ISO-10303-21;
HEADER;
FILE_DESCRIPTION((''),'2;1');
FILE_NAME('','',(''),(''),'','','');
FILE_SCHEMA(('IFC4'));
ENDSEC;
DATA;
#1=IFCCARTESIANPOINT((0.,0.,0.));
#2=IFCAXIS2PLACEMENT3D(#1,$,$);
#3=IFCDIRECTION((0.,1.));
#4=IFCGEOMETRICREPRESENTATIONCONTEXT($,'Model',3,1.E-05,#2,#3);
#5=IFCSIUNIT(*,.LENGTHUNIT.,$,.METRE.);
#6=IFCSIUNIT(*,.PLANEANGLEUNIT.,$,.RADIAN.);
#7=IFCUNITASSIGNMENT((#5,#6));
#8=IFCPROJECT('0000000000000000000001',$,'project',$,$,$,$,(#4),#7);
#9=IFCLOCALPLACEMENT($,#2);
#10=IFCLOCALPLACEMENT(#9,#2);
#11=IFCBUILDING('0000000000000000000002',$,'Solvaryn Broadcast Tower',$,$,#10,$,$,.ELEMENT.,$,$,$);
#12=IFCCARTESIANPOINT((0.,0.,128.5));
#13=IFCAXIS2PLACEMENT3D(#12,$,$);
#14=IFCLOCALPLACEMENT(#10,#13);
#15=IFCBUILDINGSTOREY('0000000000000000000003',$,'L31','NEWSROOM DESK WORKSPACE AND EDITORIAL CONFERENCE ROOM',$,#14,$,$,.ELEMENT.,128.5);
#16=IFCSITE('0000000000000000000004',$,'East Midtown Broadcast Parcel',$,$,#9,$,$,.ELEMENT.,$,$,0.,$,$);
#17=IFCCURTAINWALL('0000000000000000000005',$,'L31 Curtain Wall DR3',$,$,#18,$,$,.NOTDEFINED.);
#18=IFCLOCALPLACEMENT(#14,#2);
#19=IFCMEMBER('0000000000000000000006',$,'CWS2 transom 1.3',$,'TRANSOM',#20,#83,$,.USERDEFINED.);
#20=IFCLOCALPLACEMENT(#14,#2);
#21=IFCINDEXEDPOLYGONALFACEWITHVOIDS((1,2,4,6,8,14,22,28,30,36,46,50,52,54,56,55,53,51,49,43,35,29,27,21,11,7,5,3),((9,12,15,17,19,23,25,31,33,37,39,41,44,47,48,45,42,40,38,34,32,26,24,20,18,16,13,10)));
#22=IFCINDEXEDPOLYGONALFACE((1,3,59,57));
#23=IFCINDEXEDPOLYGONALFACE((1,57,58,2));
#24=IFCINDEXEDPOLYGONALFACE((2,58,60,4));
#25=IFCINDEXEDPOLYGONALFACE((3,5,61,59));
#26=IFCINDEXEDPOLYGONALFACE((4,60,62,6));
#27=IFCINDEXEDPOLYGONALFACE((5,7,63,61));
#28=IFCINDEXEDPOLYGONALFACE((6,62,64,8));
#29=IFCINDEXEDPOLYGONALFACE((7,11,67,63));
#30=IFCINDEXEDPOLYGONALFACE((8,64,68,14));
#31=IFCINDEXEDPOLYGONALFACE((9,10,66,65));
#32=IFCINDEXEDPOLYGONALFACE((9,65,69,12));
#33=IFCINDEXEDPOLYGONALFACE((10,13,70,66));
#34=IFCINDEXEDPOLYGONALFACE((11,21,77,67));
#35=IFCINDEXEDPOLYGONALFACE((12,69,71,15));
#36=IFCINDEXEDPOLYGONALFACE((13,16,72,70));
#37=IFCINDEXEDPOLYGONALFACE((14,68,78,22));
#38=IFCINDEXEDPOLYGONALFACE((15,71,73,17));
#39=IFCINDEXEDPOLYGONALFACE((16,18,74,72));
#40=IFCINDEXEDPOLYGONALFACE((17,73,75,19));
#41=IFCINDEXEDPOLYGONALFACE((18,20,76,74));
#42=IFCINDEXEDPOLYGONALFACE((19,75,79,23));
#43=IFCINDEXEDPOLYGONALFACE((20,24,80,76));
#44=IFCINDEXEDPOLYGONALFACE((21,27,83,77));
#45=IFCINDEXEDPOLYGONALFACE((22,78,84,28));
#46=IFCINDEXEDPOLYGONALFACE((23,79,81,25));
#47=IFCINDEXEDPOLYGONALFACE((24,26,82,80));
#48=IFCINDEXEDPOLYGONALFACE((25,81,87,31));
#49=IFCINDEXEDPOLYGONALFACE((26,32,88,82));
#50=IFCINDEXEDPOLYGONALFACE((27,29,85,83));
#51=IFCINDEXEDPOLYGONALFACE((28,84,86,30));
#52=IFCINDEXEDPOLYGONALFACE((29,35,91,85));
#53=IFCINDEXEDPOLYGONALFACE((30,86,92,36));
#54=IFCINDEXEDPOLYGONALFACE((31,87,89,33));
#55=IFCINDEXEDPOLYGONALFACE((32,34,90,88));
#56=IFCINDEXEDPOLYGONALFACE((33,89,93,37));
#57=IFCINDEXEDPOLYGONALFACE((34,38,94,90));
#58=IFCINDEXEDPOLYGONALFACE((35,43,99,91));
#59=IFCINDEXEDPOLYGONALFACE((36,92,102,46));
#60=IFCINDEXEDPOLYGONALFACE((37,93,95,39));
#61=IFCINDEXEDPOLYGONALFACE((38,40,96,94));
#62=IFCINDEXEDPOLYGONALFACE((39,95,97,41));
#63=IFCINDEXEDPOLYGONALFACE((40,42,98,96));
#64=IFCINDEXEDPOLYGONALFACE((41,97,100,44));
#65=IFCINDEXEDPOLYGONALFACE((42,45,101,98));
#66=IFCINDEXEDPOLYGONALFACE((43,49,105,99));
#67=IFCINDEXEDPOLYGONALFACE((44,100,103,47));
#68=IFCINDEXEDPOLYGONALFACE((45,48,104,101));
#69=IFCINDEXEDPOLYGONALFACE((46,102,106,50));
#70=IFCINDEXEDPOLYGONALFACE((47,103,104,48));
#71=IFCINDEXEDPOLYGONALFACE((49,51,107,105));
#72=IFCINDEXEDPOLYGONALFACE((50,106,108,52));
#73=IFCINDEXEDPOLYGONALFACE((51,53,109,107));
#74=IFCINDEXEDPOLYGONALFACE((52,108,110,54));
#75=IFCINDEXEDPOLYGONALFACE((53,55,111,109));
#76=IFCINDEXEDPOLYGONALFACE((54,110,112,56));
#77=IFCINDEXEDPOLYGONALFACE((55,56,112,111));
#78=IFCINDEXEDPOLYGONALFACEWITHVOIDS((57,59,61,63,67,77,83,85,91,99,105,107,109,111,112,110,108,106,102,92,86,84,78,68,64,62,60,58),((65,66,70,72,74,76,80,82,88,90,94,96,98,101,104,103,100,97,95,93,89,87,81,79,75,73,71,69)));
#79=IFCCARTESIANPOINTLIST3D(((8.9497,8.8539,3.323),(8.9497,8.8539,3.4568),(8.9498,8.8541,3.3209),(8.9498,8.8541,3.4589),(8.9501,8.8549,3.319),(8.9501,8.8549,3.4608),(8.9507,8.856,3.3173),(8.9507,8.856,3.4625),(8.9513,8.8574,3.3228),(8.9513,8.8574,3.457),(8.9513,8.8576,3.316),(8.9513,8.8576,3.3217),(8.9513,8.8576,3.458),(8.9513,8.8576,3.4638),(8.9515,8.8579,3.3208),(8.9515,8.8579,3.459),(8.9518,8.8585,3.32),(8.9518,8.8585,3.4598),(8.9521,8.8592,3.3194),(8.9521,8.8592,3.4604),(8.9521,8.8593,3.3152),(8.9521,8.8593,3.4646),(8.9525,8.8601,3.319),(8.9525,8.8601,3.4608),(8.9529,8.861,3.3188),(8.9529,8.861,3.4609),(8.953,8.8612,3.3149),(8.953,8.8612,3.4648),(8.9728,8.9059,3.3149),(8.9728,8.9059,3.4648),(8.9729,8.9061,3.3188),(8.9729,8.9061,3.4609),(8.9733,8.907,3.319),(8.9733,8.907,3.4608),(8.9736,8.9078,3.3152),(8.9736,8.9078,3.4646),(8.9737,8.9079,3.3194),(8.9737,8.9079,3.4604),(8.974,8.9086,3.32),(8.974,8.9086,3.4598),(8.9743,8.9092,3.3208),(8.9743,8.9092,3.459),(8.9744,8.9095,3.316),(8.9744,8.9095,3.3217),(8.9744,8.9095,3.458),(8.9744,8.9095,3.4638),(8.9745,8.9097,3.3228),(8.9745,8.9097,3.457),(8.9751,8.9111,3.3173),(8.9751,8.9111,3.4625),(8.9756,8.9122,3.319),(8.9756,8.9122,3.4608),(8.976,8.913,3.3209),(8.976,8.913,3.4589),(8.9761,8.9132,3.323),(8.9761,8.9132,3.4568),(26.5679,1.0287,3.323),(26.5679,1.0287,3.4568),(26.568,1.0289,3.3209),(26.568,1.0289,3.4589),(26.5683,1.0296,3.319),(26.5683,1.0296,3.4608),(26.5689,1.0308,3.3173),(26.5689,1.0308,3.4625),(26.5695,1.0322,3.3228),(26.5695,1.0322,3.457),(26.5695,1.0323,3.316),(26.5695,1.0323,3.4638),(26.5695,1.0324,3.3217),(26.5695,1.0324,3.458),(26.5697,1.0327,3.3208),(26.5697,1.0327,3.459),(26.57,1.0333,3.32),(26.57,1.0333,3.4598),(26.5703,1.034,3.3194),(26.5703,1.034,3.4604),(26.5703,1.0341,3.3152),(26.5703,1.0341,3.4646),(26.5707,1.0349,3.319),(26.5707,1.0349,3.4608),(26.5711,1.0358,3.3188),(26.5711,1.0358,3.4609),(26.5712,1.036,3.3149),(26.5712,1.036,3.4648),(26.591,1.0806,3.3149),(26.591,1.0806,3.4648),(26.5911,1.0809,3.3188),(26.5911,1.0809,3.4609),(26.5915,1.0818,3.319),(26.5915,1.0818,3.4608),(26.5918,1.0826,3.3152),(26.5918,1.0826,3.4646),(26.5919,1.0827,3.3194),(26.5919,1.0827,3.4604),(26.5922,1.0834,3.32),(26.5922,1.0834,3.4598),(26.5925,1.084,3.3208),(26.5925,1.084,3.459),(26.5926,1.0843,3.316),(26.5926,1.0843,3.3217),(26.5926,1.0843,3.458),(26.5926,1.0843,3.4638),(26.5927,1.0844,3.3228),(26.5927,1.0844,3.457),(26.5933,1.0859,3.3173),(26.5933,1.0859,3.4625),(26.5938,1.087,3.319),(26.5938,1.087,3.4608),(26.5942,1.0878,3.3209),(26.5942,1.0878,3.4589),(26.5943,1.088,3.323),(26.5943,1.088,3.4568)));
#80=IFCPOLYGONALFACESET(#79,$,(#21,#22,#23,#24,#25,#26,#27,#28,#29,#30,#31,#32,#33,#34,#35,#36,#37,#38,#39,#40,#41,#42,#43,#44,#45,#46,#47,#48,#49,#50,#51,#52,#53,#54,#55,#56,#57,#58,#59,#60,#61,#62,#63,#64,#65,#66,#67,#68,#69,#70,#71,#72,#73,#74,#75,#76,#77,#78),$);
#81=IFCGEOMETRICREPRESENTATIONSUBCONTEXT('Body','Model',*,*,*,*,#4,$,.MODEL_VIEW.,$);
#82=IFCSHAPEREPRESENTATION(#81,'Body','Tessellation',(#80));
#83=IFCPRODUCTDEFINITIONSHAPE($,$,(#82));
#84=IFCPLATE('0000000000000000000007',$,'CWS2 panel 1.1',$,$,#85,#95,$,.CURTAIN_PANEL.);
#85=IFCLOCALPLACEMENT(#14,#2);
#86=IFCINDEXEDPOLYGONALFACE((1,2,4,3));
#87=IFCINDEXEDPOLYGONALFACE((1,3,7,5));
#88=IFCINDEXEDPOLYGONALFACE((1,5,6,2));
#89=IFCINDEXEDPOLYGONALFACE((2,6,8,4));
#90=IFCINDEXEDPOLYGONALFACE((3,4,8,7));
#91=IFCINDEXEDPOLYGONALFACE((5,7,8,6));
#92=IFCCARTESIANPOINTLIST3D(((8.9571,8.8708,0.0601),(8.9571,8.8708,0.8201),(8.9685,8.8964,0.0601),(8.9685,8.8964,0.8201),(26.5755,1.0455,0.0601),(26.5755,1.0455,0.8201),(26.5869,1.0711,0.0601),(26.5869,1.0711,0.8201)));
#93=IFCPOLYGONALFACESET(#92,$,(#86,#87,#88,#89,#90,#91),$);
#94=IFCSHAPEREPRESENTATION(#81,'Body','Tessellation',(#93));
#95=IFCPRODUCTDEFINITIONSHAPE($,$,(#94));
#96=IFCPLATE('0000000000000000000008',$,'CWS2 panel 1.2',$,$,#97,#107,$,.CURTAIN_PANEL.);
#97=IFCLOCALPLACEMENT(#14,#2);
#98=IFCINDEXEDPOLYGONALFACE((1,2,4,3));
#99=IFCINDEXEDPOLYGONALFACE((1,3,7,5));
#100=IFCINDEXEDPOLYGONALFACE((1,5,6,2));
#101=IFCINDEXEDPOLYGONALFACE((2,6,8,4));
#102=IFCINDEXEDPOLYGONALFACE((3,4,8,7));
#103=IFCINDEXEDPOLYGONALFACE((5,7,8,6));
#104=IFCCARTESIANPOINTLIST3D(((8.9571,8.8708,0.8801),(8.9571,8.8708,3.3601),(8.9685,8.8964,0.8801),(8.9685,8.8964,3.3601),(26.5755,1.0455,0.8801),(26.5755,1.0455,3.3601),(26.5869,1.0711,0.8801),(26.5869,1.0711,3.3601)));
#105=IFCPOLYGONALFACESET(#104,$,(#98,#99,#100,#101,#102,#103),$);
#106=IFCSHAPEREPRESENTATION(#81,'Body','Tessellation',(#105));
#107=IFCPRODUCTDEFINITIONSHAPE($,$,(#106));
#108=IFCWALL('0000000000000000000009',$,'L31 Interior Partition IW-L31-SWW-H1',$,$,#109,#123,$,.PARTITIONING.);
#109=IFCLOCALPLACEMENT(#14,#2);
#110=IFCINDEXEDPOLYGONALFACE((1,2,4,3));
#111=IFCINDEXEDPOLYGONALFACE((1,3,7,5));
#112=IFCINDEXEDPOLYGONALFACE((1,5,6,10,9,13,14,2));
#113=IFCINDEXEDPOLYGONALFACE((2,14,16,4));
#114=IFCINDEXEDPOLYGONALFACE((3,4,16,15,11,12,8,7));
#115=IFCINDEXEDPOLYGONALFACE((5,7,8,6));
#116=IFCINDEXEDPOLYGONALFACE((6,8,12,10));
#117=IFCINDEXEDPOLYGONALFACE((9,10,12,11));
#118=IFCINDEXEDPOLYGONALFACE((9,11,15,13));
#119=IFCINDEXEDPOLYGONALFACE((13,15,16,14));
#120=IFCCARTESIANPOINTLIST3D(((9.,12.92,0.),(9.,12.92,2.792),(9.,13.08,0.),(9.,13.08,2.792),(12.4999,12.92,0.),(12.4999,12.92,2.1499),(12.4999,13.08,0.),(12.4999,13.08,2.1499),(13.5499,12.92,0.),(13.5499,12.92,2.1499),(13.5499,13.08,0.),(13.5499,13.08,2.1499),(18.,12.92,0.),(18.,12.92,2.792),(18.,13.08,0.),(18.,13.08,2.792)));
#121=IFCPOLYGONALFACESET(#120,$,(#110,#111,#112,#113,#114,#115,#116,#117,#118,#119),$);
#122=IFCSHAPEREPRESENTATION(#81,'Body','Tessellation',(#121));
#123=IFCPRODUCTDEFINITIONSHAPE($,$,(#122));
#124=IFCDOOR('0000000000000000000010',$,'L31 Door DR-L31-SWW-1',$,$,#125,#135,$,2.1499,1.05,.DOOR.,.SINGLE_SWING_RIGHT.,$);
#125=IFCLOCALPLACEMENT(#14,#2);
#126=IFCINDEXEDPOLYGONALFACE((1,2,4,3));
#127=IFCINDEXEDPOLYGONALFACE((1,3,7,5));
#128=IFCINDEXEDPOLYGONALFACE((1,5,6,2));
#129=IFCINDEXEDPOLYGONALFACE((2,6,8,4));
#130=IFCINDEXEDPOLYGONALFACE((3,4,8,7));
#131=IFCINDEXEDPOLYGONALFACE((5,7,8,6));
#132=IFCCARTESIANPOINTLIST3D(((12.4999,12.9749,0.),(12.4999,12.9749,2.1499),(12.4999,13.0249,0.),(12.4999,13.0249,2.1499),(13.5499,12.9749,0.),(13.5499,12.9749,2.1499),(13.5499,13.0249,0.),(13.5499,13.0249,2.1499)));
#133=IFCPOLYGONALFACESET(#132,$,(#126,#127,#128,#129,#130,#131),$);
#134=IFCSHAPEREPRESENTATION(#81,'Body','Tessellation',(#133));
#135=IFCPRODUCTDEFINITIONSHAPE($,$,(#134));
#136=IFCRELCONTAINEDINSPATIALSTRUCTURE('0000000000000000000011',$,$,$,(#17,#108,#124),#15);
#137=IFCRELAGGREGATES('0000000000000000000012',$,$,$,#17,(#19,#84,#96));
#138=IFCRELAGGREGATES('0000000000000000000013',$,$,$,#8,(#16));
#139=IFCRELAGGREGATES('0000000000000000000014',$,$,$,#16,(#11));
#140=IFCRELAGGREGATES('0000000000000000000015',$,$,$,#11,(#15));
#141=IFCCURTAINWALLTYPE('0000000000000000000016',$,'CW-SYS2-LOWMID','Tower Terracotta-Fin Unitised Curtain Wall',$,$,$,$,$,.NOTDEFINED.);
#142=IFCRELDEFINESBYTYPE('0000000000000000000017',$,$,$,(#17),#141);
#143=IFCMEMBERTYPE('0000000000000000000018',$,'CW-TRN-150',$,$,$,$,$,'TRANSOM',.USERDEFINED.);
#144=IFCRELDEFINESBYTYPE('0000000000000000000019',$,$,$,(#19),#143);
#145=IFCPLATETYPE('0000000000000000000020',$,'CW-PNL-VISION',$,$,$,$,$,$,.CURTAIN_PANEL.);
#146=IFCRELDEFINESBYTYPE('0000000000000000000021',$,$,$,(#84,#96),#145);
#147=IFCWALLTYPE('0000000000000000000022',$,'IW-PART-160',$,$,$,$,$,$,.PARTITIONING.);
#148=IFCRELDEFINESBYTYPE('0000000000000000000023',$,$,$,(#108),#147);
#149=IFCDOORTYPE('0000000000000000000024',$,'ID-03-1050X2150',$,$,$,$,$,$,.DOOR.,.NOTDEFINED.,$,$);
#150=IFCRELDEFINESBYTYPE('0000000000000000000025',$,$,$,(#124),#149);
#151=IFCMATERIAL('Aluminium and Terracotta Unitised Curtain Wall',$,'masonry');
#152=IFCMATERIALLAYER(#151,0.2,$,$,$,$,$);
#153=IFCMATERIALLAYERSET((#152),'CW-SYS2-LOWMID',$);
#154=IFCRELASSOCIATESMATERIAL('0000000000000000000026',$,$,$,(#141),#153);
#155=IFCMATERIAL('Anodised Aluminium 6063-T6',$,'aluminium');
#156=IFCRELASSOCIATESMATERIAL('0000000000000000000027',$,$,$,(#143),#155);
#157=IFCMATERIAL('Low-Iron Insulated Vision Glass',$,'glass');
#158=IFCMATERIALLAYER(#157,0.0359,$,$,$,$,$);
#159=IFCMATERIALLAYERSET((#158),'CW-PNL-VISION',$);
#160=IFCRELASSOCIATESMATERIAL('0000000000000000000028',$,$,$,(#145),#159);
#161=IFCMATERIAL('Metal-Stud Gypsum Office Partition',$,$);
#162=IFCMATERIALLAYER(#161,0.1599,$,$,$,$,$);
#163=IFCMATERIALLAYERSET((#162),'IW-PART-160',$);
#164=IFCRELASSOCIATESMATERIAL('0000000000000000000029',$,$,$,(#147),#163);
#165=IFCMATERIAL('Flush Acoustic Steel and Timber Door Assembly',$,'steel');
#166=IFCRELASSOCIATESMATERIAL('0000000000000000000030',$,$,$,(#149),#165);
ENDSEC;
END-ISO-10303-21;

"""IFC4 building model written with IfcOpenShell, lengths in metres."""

from ifc_helpers import new_model, si_unit, direction, frame, frame_2d, origin, origin_2d, place, context, subcontext, project, spatial, rectangle, hollow_rectangle, extrude, material, layer, layer_set, material_profile, profile_set, type_object, element, fill, aggregate, save


model = new_model("IFC4")

# Units and contexts
model_context = context("Model", 3, precision=1e-05, world=origin(), true_north=direction((0.0, 1.0)))
body_context = subcontext(model_context, "Body", "Model", "MODEL_VIEW")
ifc_project = project(units=[si_unit("LENGTHUNIT", "METRE"), si_unit("PLANEANGLEUNIT", "RADIAN")], contexts=[model_context])

# Site, building, storey
site_placement = place(None, origin())
site = spatial("IfcSite", under=ifc_project, at=site_placement, Name="East Midtown Broadcast Parcel", CompositionType="ELEMENT", RefElevation=0.0)
building_placement = place(site_placement, origin())
building = spatial("IfcBuilding", under=site, at=building_placement, Name="Solvaryn Broadcast Tower", CompositionType="ELEMENT")
storey_placement = place(building_placement, frame((0.0, 0.0, 128.5)))
storey = spatial("IfcBuildingStorey", under=building, at=storey_placement, Name="L31", Description="NEWSROOM DESK WORKSPACE AND EDITORIAL CONFERENCE ROOM", CompositionType="ELEMENT", Elevation=128.5)

# Curtain wall, member, plates
ifc_material_1 = material(Name="Aluminium and Terracotta Unitised Curtain Wall", Category="masonry")
ifc_layer_1 = layer(ifc_material_1, 0.2)
ifc_layer_set_1 = layer_set([ifc_layer_1], Name="CW-SYS2-LOWMID")
curtain_wall_type_1 = type_object("IfcCurtainWallType", Name="CW-SYS2-LOWMID", Description="Tower Terracotta-Fin Unitised Curtain Wall", PredefinedType="NOTDEFINED", material=ifc_layer_set_1)
curtain_wall_1_placement = place(storey_placement, origin())
curtain_wall_1 = element("IfcCurtainWall", 1, at=curtain_wall_1_placement, inside=storey, type_object=curtain_wall_type_1, Name="L31 Curtain Wall DR3", PredefinedType="NOTDEFINED")
ifc_material_2 = material(Name="Anodised Aluminium 6063-T6", Category="aluminium")
ifc_material_profile_1 = material_profile(ifc_material_2, hollow_rectangle(XDim=0.0649, YDim=0.1499, WallThickness=0.0039, InnerFilletRadius=0.0039, OuterFilletRadius=0.0081, at=origin_2d()))
ifc_profile_set_1 = profile_set([ifc_material_profile_1], Name="Anodised Aluminium 6063-T6")
member_type_1 = type_object("IfcMemberType", Name="CW-TRN-150", ElementType="TRANSOM", PredefinedType="USERDEFINED", material=ifc_profile_set_1)
member_1_placement = place(storey_placement, frame((8.9629, 8.8835, 3.3899), z_axis=(0.91391, -0.405918, 0.0), x_axis=(0.405918, 0.91391, 0.0)))
member_1 = element("IfcMember", 2, at=member_1_placement, type_object=member_type_1, Name="CWS2 transom 1.3", ObjectType="TRANSOM", PredefinedType="USERDEFINED", context=body_context, shape_type="SweptSolid", body=[
    extrude(hollow_rectangle(XDim=0.0649, YDim=0.1499, WallThickness=0.0039, InnerFilletRadius=0.0039, OuterFilletRadius=0.0081, at=origin_2d()), origin(), (0.0, 0.0, 1.0), 19.2778),
])
ifc_material_3 = material(Name="Low-Iron Insulated Vision Glass", Category="glass")
ifc_layer_2 = layer(ifc_material_3, 0.0359)
ifc_layer_set_2 = layer_set([ifc_layer_2], Name="CW-PNL-VISION")
plate_type = type_object("IfcPlateType", Name="CW-PNL-VISION", PredefinedType="CURTAIN_PANEL", material=ifc_layer_set_2)
plate_1_placement = place(storey_placement, frame((17.772, 4.9709, 0.0601), z_axis=(0.0, 0.0, 1.0), x_axis=(0.913909, -0.405918, 0.0)))
plate_1 = element("IfcPlate", 3, at=plate_1_placement, type_object=plate_type, Name="CWS2 panel 1.1", PredefinedType="CURTAIN_PANEL", context=body_context, shape_type="SweptSolid", body=[
    extrude(rectangle(XDim=19.2781, YDim=0.0281, at=origin_2d()), origin(), (0.0, 0.0, 1.0), 0.76),
])
plate_2_placement = place(storey_placement, frame((17.772, 4.9709, 0.8801), z_axis=(0.0, 0.0, 1.0), x_axis=(0.913909, -0.405918, 0.0)))
plate_2 = element("IfcPlate", 4, at=plate_2_placement, type_object=plate_type, Name="CWS2 panel 1.2", PredefinedType="CURTAIN_PANEL", context=body_context, shape_type="SweptSolid", body=[
    extrude(rectangle(XDim=19.2781, YDim=0.0281, at=origin_2d()), origin(), (0.0, 0.0, 1.0), 2.48),
])
aggregate(curtain_wall_1, [member_1, plate_1, plate_2])

# Wall, opening, door
ifc_material_4 = material(Name="Metal-Stud Gypsum Office Partition")
ifc_layer_3 = layer(ifc_material_4, 0.1599)
ifc_layer_set_3 = layer_set([ifc_layer_3], Name="IW-PART-160")
wall_type_1 = type_object("IfcWallType", Name="IW-PART-160", PredefinedType="PARTITIONING", material=ifc_layer_set_3)
wall_1_placement = place(storey_placement, frame((9.0, 13.0, 0.0), z_axis=(0.0, 0.0, 1.0), x_axis=(1.0, 0.0, 0.0)))
wall_1 = element("IfcWall", 5, at=wall_1_placement, inside=storey, type_object=wall_type_1, Name="L31 Interior Partition IW-L31-SWW-H1", PredefinedType="PARTITIONING", context=body_context, shape_type="SweptSolid", body=[
    extrude(rectangle(XDim=9.0, YDim=0.1599, at=frame_2d((4.5, 0.0))), origin(), (0.0, 0.0, 1.0), 2.792),
])
opening_1_placement = place(wall_1_placement, frame((3.5, 0.0, 0.0)))
opening_1 = element("IfcOpeningElement", 6, at=opening_1_placement, cuts=wall_1, PredefinedType="OPENING", context=body_context, shape_type="SweptSolid", body=[
    extrude(rectangle(XDim=1.05, YDim=2.1499, at=frame_2d((0.5249, 1.075))), frame((0.0, 0.0901, 0.0), z_axis=(0.0, -1.0, 0.0), x_axis=(1.0, 0.0, 0.0)), (0.0, 0.0, 1.0), 0.1799),
])
ifc_material_5 = material(Name="Flush Acoustic Steel and Timber Door Assembly", Category="steel")
door_type_1 = type_object("IfcDoorType", Name="ID-03-1050X2150", OperationType="NOTDEFINED", PredefinedType="DOOR", material=ifc_material_5)
door_1_placement = place(opening_1_placement, origin())
door_1 = element("IfcDoor", 7, at=door_1_placement, inside=storey, type_object=door_type_1, Name="L31 Door DR-L31-SWW-1", OperationType="SINGLE_SWING_RIGHT", OverallHeight=2.1499, OverallWidth=1.05, PredefinedType="DOOR", context=body_context, shape_type="SweptSolid", body=[
    extrude(rectangle(XDim=1.05, YDim=2.1499, at=frame_2d((0.5249, 1.075))), frame((0.0, 0.0249, 0.0), z_axis=(0.0, -1.0, 0.0), x_axis=(1.0, 0.0, 0.0)), (0.0, 0.0, 1.0), 0.05),
])
fill(opening_1, door_1)

save(model, "model.ifc")
